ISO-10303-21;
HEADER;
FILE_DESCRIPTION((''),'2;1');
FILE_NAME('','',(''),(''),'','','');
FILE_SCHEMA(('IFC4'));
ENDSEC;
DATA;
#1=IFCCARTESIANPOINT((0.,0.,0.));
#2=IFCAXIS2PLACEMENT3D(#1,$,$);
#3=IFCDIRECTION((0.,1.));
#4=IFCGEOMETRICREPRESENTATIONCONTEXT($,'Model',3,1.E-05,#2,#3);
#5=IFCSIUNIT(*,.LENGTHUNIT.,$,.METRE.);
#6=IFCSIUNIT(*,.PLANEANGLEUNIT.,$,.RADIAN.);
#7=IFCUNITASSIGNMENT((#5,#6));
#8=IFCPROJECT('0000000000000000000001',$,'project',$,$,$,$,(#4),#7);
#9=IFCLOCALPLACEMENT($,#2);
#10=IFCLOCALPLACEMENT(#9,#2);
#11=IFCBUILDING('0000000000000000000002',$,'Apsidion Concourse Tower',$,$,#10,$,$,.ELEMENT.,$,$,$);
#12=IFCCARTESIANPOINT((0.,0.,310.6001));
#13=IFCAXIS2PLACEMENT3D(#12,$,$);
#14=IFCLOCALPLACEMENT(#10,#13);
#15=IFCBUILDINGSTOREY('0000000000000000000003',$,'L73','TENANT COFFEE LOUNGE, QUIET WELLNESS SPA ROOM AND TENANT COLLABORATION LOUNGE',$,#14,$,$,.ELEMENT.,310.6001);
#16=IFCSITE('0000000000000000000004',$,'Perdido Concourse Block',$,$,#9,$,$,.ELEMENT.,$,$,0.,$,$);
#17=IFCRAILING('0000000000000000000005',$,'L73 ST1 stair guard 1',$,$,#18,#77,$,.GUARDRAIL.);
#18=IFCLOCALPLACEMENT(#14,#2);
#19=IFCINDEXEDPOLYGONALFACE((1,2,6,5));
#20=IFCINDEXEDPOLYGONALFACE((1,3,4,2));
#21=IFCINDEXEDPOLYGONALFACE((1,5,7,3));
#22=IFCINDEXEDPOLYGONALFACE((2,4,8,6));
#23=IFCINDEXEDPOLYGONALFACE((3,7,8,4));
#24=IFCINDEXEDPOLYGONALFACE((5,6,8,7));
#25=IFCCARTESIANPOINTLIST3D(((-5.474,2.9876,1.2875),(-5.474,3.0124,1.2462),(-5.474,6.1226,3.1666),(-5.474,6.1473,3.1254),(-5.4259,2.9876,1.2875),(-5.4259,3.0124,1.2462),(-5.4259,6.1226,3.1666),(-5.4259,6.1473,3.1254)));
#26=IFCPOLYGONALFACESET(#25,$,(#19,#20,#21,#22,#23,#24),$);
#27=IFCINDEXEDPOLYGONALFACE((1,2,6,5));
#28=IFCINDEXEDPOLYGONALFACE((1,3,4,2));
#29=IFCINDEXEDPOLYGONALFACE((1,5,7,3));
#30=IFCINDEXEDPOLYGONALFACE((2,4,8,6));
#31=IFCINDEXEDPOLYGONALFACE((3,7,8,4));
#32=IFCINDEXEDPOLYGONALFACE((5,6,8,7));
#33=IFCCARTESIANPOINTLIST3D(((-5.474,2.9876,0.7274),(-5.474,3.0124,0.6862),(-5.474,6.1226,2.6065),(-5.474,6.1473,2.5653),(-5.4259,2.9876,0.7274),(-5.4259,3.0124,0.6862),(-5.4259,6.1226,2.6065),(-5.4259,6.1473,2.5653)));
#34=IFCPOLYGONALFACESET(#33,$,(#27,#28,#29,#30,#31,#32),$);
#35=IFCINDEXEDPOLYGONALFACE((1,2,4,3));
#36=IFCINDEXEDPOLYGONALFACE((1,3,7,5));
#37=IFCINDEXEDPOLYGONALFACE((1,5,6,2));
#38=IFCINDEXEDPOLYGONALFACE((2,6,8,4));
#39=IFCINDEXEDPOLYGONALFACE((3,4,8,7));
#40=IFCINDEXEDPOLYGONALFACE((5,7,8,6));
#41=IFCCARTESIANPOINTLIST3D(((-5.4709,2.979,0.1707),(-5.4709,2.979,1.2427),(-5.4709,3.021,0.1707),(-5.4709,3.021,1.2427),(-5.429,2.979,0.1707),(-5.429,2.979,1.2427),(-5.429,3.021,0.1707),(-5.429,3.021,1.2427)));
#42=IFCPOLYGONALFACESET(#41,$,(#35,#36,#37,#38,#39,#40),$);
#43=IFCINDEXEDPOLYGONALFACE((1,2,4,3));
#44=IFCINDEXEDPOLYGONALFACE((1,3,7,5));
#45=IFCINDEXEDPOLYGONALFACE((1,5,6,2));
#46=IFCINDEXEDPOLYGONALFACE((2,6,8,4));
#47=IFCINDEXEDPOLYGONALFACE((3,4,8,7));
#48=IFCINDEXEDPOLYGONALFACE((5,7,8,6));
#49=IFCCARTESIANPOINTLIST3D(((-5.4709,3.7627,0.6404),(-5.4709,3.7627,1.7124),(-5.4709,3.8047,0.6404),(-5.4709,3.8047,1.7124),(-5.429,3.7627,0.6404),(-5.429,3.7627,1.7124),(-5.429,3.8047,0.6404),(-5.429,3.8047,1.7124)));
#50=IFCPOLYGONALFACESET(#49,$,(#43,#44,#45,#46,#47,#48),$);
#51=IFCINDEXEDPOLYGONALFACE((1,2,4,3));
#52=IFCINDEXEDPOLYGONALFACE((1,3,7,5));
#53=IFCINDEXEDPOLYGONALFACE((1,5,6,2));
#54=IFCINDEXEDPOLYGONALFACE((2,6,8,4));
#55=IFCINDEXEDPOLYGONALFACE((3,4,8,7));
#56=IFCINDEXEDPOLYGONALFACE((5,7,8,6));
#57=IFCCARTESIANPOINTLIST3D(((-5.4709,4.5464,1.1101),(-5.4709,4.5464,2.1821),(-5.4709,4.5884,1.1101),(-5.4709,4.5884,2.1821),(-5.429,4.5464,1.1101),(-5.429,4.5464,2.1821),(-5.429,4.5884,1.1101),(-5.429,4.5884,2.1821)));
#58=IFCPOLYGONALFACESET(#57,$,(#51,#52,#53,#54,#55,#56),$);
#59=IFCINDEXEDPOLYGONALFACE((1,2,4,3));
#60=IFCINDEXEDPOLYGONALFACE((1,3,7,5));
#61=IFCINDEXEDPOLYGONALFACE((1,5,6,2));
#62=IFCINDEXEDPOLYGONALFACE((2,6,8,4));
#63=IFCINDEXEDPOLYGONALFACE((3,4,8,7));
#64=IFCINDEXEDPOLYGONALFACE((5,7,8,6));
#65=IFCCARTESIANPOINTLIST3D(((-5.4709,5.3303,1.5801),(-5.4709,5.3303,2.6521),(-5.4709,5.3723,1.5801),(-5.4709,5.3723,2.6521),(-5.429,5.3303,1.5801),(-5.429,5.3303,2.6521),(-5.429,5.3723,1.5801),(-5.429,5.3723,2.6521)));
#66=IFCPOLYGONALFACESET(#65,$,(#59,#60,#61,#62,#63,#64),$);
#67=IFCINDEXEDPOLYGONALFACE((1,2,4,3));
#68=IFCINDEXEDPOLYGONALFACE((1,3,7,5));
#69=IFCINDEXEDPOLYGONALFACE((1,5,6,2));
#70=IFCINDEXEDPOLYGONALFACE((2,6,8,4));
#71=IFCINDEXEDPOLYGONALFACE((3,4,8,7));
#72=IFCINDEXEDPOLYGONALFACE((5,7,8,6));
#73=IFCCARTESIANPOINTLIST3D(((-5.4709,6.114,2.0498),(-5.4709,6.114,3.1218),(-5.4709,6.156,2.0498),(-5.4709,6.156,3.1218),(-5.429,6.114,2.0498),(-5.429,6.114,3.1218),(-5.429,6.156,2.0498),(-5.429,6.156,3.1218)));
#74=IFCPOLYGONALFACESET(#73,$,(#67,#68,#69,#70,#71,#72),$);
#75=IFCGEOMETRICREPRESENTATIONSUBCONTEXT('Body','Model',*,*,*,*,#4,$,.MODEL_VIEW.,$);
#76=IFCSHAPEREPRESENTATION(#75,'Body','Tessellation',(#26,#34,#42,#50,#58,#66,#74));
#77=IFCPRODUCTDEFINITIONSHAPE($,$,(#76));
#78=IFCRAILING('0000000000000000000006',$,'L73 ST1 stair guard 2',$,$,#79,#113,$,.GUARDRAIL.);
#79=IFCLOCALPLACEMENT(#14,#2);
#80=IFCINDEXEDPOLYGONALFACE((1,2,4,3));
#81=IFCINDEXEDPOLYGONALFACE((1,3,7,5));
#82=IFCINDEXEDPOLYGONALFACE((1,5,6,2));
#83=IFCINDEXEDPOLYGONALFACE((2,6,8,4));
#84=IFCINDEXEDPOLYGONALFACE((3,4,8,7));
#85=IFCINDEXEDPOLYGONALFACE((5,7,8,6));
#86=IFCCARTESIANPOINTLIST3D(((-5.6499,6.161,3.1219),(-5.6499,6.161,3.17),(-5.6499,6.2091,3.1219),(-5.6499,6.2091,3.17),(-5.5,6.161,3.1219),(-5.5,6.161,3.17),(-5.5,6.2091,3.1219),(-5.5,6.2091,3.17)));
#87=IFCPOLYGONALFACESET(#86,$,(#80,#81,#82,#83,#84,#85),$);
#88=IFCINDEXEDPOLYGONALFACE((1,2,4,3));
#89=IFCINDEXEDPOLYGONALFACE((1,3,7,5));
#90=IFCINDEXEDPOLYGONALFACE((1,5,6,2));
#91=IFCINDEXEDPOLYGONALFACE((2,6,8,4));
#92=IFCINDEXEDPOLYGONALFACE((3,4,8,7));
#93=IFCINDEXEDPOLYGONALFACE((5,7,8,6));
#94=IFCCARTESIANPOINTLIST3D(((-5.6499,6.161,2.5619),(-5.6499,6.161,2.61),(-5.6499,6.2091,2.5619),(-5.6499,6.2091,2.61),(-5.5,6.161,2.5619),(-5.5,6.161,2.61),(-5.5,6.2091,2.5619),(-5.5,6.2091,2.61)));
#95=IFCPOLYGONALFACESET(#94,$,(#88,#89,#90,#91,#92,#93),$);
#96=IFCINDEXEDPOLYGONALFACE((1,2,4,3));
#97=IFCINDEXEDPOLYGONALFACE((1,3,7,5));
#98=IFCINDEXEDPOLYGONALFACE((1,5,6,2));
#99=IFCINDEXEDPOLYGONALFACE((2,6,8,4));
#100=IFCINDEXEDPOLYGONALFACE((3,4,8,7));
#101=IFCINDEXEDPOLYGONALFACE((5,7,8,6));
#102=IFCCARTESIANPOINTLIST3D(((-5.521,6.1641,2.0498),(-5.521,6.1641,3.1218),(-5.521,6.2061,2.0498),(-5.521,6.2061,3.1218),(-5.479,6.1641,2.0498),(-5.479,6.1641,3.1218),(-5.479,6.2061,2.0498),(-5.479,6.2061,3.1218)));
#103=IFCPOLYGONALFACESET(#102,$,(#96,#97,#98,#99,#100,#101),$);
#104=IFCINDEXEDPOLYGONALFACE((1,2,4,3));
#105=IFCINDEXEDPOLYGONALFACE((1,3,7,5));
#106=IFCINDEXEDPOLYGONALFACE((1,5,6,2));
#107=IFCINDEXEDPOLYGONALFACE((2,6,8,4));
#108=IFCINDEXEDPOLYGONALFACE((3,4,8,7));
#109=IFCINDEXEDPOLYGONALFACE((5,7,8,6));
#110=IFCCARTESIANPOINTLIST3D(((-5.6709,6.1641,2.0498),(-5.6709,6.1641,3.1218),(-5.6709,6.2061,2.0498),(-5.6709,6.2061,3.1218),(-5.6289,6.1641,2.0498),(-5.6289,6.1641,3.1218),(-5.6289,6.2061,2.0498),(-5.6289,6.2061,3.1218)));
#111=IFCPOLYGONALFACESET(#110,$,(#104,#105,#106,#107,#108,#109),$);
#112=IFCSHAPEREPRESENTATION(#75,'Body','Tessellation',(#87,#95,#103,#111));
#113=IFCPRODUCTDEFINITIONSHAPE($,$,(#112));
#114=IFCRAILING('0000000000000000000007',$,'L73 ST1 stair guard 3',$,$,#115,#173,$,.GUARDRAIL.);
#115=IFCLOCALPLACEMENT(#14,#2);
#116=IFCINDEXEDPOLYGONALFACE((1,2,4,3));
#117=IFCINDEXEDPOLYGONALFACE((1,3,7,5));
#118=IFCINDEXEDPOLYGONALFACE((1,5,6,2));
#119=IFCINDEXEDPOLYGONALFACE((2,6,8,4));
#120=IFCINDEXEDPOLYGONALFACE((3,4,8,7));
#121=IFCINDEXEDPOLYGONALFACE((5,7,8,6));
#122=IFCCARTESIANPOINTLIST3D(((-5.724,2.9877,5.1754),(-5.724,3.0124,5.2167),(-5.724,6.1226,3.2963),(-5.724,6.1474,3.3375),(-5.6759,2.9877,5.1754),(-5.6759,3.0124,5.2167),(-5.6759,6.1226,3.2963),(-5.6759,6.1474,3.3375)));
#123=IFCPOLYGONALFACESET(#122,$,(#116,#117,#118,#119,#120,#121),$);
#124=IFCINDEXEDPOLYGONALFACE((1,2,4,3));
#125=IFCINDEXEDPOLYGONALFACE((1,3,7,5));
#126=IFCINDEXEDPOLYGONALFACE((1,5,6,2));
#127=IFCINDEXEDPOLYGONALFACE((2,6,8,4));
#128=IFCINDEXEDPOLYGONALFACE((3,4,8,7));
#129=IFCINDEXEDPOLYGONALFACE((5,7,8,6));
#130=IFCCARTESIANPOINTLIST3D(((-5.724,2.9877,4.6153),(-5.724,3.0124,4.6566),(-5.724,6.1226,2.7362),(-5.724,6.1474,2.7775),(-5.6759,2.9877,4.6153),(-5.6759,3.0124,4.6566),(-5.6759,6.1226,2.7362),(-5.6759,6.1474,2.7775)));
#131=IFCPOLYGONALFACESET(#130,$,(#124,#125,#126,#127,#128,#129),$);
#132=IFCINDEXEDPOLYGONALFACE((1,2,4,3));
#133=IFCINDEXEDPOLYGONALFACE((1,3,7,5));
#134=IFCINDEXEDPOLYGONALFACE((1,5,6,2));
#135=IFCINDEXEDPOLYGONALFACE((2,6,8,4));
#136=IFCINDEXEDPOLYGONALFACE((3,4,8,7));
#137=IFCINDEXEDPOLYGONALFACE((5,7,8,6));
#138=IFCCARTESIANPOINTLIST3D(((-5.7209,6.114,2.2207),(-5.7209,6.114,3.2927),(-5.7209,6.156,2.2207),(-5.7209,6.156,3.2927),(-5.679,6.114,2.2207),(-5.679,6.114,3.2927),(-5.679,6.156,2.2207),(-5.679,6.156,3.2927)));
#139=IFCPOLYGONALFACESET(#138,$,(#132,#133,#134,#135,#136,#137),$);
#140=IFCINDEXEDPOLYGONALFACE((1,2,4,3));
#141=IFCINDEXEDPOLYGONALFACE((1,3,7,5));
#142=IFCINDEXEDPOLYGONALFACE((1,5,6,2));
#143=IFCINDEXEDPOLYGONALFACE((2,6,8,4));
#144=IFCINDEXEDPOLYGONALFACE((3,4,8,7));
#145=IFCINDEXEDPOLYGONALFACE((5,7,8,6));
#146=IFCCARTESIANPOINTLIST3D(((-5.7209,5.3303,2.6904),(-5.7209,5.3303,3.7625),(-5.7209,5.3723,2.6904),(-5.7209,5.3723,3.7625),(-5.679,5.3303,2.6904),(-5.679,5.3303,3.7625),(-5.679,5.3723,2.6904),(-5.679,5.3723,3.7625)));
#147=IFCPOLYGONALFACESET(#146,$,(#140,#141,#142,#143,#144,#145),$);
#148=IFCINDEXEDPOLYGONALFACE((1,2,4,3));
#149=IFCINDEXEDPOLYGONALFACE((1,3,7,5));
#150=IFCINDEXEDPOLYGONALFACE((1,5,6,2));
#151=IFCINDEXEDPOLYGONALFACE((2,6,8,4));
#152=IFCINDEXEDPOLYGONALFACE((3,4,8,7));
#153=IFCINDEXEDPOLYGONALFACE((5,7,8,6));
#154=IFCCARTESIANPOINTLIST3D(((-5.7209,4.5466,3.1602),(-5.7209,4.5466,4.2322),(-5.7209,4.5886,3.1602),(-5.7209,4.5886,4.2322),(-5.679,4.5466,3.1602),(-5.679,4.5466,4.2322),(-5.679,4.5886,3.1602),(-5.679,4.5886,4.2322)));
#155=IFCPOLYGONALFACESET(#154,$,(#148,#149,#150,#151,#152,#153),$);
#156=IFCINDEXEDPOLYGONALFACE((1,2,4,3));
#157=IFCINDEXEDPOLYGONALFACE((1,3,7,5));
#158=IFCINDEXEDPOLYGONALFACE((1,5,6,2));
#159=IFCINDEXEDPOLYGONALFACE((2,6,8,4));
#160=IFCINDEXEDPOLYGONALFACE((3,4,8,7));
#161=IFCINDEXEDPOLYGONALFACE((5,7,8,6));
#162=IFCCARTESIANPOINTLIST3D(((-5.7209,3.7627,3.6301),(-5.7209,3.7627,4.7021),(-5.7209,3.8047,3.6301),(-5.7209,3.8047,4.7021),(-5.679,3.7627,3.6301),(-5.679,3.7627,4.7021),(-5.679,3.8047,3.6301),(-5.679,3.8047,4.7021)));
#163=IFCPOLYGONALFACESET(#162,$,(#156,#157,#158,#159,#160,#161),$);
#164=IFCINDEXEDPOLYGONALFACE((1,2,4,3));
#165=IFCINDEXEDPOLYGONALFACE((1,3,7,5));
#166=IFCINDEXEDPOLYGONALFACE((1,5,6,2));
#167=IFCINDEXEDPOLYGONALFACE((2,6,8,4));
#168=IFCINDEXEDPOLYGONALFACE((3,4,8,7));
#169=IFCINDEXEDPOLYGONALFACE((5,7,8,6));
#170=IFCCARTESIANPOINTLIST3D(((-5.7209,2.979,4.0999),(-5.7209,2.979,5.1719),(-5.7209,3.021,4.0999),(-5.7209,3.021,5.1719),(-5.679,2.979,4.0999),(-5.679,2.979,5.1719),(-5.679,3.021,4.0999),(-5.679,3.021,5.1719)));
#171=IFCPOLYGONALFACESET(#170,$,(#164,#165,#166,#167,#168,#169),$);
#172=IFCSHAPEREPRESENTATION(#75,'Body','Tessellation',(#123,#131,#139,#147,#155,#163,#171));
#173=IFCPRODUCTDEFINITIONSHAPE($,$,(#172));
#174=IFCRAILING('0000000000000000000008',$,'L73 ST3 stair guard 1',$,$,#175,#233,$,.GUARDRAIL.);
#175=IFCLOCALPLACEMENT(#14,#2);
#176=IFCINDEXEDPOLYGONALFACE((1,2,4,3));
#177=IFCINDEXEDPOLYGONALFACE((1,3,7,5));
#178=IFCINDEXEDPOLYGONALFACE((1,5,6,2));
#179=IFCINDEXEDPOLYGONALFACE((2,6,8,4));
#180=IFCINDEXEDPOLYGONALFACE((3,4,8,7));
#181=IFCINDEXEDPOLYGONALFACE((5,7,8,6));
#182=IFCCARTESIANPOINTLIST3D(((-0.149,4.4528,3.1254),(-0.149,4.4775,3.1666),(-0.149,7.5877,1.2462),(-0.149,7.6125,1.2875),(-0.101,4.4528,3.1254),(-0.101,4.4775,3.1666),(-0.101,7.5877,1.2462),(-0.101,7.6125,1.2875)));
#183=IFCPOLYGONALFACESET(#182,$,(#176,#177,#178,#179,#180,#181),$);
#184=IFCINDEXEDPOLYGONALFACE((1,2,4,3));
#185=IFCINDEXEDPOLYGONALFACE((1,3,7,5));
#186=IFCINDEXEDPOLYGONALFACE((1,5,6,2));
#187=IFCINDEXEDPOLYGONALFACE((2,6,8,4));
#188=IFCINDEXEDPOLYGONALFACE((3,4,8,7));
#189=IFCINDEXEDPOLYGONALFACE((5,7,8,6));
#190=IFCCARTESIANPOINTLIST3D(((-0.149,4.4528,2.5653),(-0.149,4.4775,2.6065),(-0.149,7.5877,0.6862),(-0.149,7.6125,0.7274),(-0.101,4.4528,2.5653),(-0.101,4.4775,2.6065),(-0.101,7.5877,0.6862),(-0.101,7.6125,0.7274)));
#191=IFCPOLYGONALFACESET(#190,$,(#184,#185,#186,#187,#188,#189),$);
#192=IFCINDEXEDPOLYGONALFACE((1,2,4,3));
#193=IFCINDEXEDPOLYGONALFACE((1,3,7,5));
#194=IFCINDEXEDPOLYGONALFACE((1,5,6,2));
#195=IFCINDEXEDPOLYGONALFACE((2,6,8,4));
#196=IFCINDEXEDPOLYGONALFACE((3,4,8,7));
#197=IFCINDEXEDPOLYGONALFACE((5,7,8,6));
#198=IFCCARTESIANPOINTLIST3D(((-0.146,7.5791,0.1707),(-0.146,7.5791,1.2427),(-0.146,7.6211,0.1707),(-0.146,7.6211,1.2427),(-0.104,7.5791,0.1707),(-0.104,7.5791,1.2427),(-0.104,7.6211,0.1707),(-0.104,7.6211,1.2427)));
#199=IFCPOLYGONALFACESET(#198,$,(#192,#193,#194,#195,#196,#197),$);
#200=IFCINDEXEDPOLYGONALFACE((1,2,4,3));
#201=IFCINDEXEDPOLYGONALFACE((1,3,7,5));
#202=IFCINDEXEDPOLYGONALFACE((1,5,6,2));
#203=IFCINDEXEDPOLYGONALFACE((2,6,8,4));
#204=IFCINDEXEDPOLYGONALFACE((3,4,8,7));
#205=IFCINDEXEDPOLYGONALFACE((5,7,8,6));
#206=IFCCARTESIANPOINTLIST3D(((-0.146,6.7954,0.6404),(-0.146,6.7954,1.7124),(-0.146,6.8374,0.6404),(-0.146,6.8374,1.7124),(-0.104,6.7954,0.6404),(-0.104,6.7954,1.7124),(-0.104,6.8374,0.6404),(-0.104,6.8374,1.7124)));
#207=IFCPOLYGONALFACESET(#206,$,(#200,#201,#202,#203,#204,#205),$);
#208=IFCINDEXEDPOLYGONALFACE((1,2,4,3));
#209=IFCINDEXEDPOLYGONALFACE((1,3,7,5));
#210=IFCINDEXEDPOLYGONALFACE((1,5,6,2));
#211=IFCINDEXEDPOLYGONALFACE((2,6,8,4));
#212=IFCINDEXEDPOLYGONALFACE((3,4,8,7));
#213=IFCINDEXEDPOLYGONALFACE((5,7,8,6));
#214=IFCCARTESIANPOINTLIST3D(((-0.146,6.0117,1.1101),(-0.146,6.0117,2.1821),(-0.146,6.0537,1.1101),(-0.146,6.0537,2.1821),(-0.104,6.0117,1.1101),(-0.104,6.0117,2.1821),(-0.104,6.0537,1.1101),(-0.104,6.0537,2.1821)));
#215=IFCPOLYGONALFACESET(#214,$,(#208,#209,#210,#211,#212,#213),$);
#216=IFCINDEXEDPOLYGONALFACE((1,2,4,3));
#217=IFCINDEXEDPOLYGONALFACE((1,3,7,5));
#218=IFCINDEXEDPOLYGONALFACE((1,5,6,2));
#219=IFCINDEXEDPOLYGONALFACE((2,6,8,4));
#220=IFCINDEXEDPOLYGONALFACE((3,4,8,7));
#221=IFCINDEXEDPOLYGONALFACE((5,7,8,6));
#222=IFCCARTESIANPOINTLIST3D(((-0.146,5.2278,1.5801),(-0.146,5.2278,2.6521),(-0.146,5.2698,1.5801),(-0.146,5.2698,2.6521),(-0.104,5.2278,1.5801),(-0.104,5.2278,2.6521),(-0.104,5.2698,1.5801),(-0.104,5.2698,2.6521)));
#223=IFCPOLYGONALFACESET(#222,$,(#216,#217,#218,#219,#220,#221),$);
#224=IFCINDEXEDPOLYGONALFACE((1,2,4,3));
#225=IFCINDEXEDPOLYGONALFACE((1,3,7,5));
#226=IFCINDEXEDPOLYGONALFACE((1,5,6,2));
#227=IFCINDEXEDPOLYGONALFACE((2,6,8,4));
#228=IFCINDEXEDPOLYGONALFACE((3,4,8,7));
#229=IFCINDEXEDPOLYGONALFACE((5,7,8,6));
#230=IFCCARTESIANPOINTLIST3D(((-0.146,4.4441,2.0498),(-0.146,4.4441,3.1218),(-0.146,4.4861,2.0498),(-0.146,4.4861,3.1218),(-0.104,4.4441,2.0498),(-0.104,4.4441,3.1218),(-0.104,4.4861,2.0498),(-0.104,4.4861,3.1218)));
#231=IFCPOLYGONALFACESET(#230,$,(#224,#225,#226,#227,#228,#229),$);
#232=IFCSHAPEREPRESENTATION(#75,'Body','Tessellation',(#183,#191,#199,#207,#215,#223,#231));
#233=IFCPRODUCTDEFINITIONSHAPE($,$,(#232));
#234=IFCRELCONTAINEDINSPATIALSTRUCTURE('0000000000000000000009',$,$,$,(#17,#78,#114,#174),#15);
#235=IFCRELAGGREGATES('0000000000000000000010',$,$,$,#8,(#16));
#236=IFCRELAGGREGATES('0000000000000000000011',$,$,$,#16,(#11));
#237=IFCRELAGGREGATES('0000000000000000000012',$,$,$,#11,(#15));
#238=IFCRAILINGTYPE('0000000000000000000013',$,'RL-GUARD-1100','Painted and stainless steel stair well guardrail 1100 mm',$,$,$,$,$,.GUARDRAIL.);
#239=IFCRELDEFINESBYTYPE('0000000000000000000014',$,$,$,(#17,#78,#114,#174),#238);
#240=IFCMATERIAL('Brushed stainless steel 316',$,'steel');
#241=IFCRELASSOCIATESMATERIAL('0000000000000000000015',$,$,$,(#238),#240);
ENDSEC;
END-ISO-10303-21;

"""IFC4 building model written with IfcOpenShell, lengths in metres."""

from ifc_helpers import new_model, si_unit, direction, frame, origin, origin_2d, place, context, subcontext, project, spatial, rectangle, extrude, material, type_object, element, save


model = new_model("IFC4")

# Units and contexts
model_context = context("Model", 3, precision=1e-05, world=origin(), true_north=direction((0.0, 1.0)))
body_context = subcontext(model_context, "Body", "Model", "MODEL_VIEW")
ifc_project = project(units=[si_unit("LENGTHUNIT", "METRE"), si_unit("PLANEANGLEUNIT", "RADIAN")], contexts=[model_context])

# Site, building, storey
site_placement = place(None, origin())
site = spatial("IfcSite", under=ifc_project, at=site_placement, Name="Perdido Concourse Block", CompositionType="ELEMENT", RefElevation=0.0)
building_placement = place(site_placement, origin())
building = spatial("IfcBuilding", under=site, at=building_placement, Name="Apsidion Concourse Tower", CompositionType="ELEMENT")
storey_placement = place(building_placement, frame((0.0, 0.0, 310.6001)))
storey = spatial("IfcBuildingStorey", under=building, at=storey_placement, Name="L73", Description="TENANT COFFEE LOUNGE, QUIET WELLNESS SPA ROOM AND TENANT COLLABORATION LOUNGE", CompositionType="ELEMENT", Elevation=310.6001)

# Shared definitions
ifc_material_1 = material(Name="Brushed stainless steel 316", Category="steel")

# Railings
railing_type_1 = type_object("IfcRailingType", Name="RL-GUARD-1100", Description="Painted and stainless steel stair well guardrail 1100 mm", PredefinedType="GUARDRAIL", material=ifc_material_1)
railing_1_placement = place(storey_placement, frame((-5.45, 3.0, 0.1707)))
element("IfcRailing", 1, at=railing_1_placement, inside=storey, type_object=railing_type_1, Name="L73 ST1 stair guard 1", PredefinedType="GUARDRAIL", context=body_context, shape_type="SweptSolid", body=[
    extrude(rectangle(XDim=0.0481, YDim=0.0481, at=origin_2d()), frame((0.0, 0.0, 1.0962), z_axis=(0.0, 0.857717, 0.514122), x_axis=(-1.0, 0.0, 0.0)), (0.0, 0.0, 1.0), 3.655),
    extrude(rectangle(XDim=0.0481, YDim=0.0481, at=origin_2d()), frame((0.0, 0.0, 0.5361), z_axis=(0.0, 0.857717, 0.514122), x_axis=(-1.0, 0.0, 0.0)), (0.0, 0.0, 1.0), 3.655),
    extrude(rectangle(XDim=0.042, YDim=0.042, at=origin_2d()), origin(), (0.0, 0.0, 1.0), 1.072),
    extrude(rectangle(XDim=0.042, YDim=0.042, at=origin_2d()), frame((0.0, 0.7837, 0.4697)), (0.0, 0.0, 1.0), 1.072),
    extrude(rectangle(XDim=0.042, YDim=0.042, at=origin_2d()), frame((0.0, 1.5674, 0.9395)), (0.0, 0.0, 1.0), 1.072),
    extrude(rectangle(XDim=0.042, YDim=0.042, at=origin_2d()), frame((0.0, 2.3513, 1.4094)), (0.0, 0.0, 1.0), 1.072),
    extrude(rectangle(XDim=0.042, YDim=0.042, at=origin_2d()), frame((0.0, 3.135, 1.8792)), (0.0, 0.0, 1.0), 1.072),
])
railing_2_placement = place(storey_placement, frame((-5.5, 6.1851, 2.0498)))
element("IfcRailing", 2, at=railing_2_placement, inside=storey, type_object=railing_type_1, Name="L73 ST1 stair guard 2", PredefinedType="GUARDRAIL", context=body_context, shape_type="SweptSolid", body=[
    extrude(rectangle(XDim=0.0481, YDim=0.0481, at=origin_2d()), frame((0.0, 0.0, 1.0962), z_axis=(-1.0, 0.0, 0.0), x_axis=(0.0, -1.0, 0.0)), (0.0, 0.0, 1.0), 0.1499),
    extrude(rectangle(XDim=0.0481, YDim=0.0481, at=origin_2d()), frame((0.0, 0.0, 0.5361), z_axis=(-1.0, 0.0, 0.0), x_axis=(0.0, -1.0, 0.0)), (0.0, 0.0, 1.0), 0.1499),
    extrude(rectangle(XDim=0.042, YDim=0.042, at=origin_2d()), origin(), (0.0, 0.0, 1.0), 1.072),
    extrude(rectangle(XDim=0.042, YDim=0.042, at=origin_2d()), frame((-0.1499, 0.0, 0.0)), (0.0, 0.0, 1.0), 1.072),
])
for number, where, name in (
    (3, (-5.7, 6.135, 2.2207), "L73 ST1 stair guard 3"),
    (4, (-0.125, 7.6001, 0.1707), "L73 ST3 stair guard 1"),
):
    element("IfcRailing", number, at=place(storey_placement, frame(where)), inside=storey, type_object=railing_type_1, Name=name, PredefinedType="GUARDRAIL", context=body_context, shape_type="SweptSolid", body=[
        extrude(rectangle(XDim=0.0481, YDim=0.0481, at=origin_2d()), frame((0.0, 0.0, 1.0962), z_axis=(0.0, -0.857717, 0.514122), x_axis=(1.0, 0.0, 0.0)), (0.0, 0.0, 1.0), 3.655),
        extrude(rectangle(XDim=0.0481, YDim=0.0481, at=origin_2d()), frame((0.0, 0.0, 0.5361), z_axis=(0.0, -0.857717, 0.514122), x_axis=(1.0, 0.0, 0.0)), (0.0, 0.0, 1.0), 3.655),
        extrude(rectangle(XDim=0.042, YDim=0.042, at=origin_2d()), origin(), (0.0, 0.0, 1.0), 1.072),
        extrude(rectangle(XDim=0.042, YDim=0.042, at=origin_2d()), frame((0.0, -0.7837, 0.4697)), (0.0, 0.0, 1.0), 1.072),
        extrude(rectangle(XDim=0.042, YDim=0.042, at=origin_2d()), frame((0.0, -1.5674, 0.9395)), (0.0, 0.0, 1.0), 1.072),
        extrude(rectangle(XDim=0.042, YDim=0.042, at=origin_2d()), frame((0.0, -2.3513, 1.4094)), (0.0, 0.0, 1.0), 1.072),
        extrude(rectangle(XDim=0.042, YDim=0.042, at=origin_2d()), frame((0.0, -3.135, 1.8792)), (0.0, 0.0, 1.0), 1.072),
    ])

save(model, "model.ifc")
